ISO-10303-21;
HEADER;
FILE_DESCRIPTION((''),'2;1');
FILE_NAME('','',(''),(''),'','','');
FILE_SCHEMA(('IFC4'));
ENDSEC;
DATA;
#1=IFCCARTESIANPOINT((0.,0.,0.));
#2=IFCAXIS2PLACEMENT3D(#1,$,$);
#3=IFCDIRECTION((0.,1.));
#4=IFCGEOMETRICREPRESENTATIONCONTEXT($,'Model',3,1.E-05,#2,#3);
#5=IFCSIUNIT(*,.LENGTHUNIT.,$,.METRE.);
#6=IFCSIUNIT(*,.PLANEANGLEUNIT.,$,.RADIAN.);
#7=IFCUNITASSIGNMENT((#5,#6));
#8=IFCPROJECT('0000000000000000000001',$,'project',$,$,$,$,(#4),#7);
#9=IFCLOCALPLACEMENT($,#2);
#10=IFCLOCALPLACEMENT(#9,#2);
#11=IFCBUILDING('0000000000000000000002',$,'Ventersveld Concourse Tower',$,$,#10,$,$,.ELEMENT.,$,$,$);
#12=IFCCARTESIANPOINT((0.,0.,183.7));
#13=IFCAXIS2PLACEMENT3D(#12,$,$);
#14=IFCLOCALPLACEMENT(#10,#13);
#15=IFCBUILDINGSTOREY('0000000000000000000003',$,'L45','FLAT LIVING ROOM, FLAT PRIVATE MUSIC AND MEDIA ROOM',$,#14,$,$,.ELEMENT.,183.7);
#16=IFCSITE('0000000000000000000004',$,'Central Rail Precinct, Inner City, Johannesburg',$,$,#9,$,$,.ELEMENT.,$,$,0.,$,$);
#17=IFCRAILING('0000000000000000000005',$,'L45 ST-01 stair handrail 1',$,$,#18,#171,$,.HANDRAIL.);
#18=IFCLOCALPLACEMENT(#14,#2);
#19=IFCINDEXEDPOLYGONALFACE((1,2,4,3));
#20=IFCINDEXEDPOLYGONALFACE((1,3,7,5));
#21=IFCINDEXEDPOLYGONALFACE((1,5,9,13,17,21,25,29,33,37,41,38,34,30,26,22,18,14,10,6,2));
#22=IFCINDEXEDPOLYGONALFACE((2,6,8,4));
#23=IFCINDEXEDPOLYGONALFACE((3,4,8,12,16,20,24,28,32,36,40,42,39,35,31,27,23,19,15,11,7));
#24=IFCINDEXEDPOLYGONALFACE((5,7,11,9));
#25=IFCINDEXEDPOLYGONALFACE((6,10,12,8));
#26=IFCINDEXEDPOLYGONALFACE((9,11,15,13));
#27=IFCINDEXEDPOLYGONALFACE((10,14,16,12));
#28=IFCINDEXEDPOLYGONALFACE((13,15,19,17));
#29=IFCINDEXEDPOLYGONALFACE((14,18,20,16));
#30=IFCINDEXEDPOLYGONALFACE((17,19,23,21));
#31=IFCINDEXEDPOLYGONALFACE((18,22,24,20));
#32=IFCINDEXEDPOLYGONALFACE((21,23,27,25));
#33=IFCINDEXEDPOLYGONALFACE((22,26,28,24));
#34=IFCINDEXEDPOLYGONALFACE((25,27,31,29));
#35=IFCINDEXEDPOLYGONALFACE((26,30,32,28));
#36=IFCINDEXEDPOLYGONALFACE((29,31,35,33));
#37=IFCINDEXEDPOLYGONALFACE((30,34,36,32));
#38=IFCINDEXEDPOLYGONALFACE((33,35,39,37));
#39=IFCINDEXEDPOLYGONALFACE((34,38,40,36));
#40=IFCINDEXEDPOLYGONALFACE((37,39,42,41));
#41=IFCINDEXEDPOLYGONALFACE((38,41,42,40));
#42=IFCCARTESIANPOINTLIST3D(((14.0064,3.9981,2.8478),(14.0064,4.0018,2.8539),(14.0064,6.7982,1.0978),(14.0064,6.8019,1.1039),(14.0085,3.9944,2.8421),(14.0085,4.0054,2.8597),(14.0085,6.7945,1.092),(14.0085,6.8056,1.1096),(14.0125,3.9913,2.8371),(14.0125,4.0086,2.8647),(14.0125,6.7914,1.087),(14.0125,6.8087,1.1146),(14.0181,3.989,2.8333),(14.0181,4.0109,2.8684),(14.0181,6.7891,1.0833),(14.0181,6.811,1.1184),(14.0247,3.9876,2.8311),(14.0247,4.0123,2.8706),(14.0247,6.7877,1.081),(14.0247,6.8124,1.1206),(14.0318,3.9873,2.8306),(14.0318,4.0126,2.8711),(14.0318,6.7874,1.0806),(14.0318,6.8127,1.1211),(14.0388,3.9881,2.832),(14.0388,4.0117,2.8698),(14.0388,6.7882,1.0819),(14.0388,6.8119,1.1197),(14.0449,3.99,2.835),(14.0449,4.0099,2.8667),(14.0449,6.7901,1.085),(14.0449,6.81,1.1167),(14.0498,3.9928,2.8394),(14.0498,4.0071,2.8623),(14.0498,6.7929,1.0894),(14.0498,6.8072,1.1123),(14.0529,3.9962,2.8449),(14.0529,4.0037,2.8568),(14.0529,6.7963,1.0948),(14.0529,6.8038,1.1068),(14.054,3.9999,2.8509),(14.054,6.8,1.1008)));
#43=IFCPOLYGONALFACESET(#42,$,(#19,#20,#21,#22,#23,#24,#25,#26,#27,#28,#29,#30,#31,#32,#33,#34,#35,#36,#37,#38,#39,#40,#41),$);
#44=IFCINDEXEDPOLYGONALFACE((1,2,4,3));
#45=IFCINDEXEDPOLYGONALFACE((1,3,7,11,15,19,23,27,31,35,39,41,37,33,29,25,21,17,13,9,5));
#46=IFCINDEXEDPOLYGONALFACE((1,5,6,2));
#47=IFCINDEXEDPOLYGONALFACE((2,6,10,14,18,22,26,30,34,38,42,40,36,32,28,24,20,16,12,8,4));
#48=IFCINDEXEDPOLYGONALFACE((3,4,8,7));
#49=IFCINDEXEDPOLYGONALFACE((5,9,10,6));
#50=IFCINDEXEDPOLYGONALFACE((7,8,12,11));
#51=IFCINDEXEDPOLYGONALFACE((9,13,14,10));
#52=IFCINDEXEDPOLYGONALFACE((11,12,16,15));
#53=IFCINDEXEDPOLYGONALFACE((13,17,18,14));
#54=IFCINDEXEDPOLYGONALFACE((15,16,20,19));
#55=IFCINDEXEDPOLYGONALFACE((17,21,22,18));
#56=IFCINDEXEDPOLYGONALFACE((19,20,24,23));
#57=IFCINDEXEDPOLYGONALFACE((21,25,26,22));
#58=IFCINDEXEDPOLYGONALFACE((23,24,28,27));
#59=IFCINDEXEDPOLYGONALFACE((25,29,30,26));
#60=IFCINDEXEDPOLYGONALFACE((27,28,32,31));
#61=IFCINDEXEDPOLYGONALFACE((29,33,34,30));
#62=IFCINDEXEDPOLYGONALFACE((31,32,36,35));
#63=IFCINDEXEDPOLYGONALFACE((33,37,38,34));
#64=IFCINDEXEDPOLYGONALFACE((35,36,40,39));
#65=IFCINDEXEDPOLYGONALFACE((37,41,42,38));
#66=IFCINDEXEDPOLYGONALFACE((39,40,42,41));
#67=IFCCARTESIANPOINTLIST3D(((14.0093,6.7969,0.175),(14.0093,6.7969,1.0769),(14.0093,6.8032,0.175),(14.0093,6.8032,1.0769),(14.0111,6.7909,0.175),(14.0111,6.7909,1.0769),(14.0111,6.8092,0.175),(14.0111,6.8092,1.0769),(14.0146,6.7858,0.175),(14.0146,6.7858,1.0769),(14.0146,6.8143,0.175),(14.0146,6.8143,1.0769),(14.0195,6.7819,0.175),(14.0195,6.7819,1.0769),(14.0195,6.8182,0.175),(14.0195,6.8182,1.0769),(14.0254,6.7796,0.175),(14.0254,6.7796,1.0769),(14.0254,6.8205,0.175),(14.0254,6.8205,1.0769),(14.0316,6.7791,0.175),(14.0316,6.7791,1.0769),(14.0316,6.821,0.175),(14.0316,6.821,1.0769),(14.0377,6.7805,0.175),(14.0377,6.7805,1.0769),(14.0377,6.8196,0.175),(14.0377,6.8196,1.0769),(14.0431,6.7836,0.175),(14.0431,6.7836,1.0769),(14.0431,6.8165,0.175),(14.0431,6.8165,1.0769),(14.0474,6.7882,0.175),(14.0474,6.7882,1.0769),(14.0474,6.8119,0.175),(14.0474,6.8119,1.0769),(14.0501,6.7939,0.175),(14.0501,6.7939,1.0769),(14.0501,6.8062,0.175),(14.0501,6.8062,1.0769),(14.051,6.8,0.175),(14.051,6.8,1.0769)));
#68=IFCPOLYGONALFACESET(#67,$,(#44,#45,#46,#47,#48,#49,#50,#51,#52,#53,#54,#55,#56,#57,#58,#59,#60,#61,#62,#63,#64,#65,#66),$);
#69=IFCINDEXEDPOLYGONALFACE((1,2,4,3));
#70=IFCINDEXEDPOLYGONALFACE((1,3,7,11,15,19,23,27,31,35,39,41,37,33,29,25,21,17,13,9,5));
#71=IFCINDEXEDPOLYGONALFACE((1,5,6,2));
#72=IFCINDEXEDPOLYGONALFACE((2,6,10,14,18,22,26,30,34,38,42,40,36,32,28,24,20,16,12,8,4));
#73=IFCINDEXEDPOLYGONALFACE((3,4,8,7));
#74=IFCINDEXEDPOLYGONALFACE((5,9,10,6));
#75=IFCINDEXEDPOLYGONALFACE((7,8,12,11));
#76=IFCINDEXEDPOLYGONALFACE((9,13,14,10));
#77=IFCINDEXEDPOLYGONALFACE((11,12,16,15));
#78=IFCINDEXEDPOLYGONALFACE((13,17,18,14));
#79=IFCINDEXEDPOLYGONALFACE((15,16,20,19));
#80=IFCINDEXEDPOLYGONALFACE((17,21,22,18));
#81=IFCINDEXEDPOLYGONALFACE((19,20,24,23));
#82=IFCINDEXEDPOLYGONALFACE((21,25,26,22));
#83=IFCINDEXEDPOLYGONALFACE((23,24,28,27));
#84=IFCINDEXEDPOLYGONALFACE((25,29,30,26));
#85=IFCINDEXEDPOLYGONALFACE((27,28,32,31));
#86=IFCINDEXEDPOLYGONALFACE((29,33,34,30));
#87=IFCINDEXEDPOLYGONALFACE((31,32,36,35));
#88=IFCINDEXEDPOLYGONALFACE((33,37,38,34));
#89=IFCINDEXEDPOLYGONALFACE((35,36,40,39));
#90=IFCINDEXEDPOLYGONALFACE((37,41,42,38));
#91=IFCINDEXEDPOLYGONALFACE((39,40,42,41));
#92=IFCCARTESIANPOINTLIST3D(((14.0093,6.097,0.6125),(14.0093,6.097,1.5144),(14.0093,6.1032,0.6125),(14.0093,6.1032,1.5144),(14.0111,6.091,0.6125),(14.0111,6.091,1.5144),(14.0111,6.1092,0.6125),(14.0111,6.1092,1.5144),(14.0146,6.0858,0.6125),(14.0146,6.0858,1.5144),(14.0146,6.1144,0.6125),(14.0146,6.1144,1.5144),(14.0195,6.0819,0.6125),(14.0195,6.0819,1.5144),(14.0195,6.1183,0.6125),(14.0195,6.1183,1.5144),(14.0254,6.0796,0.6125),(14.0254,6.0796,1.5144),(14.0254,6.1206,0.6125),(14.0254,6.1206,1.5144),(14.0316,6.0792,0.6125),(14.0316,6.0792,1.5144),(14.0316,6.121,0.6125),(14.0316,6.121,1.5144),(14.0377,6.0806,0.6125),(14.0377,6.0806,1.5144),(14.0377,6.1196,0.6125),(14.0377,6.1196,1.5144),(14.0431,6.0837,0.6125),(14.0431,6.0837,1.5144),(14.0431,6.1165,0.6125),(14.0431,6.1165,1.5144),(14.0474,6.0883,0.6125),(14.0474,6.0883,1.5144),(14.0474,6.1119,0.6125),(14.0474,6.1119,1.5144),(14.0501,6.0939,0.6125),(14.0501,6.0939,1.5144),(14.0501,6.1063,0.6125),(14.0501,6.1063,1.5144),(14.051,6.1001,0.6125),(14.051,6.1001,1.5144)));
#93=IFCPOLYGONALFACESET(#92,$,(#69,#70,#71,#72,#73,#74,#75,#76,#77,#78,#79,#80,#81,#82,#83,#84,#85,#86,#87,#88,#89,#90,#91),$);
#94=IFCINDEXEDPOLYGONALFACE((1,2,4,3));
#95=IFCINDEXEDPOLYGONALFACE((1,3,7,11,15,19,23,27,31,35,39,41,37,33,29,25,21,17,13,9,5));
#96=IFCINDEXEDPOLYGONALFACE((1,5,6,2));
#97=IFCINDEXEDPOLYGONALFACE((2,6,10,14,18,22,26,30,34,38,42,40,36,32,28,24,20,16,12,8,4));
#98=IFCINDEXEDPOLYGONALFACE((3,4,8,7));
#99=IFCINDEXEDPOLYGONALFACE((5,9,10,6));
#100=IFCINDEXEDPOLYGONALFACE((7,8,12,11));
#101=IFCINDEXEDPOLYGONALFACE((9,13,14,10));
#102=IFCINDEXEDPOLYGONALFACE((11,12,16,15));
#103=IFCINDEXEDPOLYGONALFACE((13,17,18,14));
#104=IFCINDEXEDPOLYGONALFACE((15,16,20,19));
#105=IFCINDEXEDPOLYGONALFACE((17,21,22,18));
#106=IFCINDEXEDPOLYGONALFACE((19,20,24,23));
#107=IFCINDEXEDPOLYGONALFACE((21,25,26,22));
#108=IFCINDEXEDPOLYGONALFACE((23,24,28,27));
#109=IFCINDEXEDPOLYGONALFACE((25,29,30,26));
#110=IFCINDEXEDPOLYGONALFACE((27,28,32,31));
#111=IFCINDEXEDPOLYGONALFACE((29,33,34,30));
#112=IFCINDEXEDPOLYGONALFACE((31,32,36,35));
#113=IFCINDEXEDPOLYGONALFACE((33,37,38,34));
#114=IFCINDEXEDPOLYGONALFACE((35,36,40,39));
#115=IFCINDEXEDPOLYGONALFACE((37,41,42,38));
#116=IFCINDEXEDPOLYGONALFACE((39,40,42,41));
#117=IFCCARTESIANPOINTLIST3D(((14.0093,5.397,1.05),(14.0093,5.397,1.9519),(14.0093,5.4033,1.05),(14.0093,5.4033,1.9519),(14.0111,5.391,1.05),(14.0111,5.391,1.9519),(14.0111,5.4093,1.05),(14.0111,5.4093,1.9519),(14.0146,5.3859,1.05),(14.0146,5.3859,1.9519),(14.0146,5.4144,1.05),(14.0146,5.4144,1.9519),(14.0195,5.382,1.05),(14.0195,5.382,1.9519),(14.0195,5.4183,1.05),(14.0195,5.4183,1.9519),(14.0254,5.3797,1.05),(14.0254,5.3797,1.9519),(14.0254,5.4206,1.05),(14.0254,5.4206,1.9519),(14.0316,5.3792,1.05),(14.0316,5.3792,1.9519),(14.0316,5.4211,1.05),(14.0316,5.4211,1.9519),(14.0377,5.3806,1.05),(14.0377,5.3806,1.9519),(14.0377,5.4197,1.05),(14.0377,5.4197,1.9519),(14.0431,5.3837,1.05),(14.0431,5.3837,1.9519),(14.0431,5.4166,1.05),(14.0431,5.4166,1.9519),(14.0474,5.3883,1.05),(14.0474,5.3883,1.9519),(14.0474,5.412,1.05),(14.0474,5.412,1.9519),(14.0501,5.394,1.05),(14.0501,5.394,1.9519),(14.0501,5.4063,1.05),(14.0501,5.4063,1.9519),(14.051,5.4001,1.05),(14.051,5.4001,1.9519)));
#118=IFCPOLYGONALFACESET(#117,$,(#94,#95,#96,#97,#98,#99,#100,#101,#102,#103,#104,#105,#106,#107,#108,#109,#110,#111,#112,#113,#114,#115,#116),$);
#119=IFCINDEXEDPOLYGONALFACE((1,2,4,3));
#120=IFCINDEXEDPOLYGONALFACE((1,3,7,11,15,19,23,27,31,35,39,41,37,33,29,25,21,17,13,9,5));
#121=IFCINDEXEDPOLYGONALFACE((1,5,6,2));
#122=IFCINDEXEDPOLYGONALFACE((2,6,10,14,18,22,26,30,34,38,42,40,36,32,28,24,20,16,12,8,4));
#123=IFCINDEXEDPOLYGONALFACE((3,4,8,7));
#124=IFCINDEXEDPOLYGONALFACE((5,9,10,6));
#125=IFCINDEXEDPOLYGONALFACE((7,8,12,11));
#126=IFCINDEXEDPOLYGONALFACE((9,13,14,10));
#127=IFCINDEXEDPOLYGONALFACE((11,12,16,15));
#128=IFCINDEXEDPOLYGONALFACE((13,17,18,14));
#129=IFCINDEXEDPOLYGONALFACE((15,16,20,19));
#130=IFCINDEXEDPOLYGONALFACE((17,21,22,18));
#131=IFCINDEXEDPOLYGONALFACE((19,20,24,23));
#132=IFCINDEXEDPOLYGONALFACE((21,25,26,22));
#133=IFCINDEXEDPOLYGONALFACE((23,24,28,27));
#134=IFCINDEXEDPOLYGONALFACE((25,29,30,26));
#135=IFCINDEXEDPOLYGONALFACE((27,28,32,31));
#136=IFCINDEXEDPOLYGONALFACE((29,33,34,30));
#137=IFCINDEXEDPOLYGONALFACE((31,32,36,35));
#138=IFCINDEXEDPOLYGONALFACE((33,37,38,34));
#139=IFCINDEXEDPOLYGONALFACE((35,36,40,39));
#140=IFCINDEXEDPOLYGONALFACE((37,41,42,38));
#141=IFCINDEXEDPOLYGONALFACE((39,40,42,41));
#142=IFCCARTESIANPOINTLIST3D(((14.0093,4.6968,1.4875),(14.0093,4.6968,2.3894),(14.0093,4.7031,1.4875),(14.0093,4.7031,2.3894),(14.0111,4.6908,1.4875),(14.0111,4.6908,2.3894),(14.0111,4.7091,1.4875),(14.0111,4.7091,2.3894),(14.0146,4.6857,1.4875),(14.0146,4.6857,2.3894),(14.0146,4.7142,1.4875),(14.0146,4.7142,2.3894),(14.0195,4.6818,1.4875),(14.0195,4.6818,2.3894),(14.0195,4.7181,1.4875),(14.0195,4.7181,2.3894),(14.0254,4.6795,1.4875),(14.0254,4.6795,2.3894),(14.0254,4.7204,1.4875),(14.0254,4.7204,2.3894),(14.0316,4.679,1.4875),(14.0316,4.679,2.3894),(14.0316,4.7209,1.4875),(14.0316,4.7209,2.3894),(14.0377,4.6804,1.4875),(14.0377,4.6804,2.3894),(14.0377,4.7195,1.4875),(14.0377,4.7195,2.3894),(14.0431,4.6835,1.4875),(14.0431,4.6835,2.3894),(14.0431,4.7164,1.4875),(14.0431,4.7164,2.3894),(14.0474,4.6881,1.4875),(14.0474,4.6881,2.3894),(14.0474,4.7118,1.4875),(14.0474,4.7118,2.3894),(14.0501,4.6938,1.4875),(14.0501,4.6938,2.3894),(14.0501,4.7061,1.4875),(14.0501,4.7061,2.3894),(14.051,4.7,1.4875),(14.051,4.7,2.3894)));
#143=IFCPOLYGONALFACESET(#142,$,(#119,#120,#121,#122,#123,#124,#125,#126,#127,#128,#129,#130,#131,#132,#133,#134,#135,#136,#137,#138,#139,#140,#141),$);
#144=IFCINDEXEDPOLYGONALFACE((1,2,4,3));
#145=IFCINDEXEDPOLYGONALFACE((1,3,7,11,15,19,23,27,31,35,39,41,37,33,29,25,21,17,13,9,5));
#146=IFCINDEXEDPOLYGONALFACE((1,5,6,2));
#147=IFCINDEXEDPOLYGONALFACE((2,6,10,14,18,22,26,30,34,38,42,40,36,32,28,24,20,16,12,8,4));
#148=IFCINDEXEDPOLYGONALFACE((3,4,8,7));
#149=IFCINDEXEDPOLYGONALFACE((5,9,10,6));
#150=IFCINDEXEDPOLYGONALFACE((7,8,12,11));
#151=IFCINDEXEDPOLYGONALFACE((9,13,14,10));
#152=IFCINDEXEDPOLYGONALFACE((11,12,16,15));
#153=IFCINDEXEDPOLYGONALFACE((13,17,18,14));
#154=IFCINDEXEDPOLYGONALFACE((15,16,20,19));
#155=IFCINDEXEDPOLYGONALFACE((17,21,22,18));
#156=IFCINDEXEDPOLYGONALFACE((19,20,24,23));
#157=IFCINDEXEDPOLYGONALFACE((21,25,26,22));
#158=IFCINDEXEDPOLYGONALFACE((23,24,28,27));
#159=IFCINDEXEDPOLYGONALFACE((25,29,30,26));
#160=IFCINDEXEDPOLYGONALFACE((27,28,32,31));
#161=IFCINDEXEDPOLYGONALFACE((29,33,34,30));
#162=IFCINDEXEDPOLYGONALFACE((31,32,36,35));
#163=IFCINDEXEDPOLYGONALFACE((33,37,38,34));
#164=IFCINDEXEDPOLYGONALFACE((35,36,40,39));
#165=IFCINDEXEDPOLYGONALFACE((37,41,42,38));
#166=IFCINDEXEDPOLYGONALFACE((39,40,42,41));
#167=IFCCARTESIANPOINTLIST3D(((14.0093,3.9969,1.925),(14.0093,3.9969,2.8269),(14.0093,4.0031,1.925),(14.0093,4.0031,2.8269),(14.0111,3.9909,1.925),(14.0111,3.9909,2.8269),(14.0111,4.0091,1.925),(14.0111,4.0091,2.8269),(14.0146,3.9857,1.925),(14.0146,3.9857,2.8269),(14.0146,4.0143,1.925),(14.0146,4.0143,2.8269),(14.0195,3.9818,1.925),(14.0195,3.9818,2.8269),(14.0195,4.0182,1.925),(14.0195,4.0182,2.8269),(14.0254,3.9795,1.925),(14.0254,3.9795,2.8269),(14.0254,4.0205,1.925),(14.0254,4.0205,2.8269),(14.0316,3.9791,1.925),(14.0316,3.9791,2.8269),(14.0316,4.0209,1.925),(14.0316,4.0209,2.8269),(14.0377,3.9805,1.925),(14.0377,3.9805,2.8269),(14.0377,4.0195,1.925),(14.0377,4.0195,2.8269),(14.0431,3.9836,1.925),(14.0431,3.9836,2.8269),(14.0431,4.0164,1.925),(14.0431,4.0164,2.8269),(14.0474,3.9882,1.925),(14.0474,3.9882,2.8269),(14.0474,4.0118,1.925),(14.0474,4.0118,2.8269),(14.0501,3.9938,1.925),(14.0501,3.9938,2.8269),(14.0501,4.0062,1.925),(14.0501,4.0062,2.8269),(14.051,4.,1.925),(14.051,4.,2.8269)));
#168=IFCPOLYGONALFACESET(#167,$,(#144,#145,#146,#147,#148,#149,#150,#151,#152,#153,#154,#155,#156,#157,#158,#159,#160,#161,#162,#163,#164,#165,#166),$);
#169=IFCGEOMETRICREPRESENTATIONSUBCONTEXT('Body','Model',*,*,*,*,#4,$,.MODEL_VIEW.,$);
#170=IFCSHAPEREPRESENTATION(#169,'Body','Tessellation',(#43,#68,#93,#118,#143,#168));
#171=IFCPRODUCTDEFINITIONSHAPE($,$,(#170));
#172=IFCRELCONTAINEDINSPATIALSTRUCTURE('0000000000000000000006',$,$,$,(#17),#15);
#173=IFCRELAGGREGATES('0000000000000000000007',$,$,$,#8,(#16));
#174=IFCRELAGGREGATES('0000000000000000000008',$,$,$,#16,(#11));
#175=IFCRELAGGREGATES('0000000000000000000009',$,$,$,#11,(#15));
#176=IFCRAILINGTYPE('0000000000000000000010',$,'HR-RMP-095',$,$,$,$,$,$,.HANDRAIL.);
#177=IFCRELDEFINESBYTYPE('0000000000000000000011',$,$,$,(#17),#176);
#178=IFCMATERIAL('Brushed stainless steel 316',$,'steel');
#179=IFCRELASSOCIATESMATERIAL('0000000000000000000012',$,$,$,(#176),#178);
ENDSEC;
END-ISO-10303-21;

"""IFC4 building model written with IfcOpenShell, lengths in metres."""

from ifc_helpers import new_model, si_unit, direction, frame, origin, origin_2d, place, context, subcontext, project, spatial, circle, extrude, material, type_object, element, save


model = new_model("IFC4")

# Units and contexts
model_context = context("Model", 3, precision=1e-05, world=origin(), true_north=direction((0.0, 1.0)))
body_context = subcontext(model_context, "Body", "Model", "MODEL_VIEW")
ifc_project = project(units=[si_unit("LENGTHUNIT", "METRE"), si_unit("PLANEANGLEUNIT", "RADIAN")], contexts=[model_context])

# Site, building, storey
site_placement = place(None, origin())
site = spatial("IfcSite", under=ifc_project, at=site_placement, Name="Central Rail Precinct, Inner City, Johannesburg", CompositionType="ELEMENT", RefElevation=0.0)
building_placement = place(site_placement, origin())
building = spatial("IfcBuilding", under=site, at=building_placement, Name="Ventersveld Concourse Tower", CompositionType="ELEMENT")
storey_placement = place(building_placement, frame((0.0, 0.0, 183.7)))
storey = spatial("IfcBuildingStorey", under=building, at=storey_placement, Name="L45", Description="FLAT LIVING ROOM, FLAT PRIVATE MUSIC AND MEDIA ROOM", CompositionType="ELEMENT", Elevation=183.7)

# Railing
ifc_material_1 = material(Name="Brushed stainless steel 316", Category="steel")
railing_type = type_object("IfcRailingType", Name="HR-RMP-095", PredefinedType="HANDRAIL", material=ifc_material_1)
railing_placement = place(storey_placement, frame((14.03, 6.8, 0.175)))
element("IfcRailing", 1, at=railing_placement, inside=storey, type_object=railing_type, Name="L45 ST-01 stair handrail 1", PredefinedType="HANDRAIL", context=body_context, shape_type="SweptSolid", body=[
    extrude(circle(Radius=0.0239, at=origin_2d()), frame((0.0, 0.0, 0.9258), z_axis=(0.0, -0.848002, 0.529992), x_axis=(1.0, 0.0, 0.0)), (0.0, 0.0, 1.0), 3.302),
    extrude(circle(Radius=0.021, at=origin_2d()), origin(), (0.0, 0.0, 1.0), 0.9019),
    extrude(circle(Radius=0.021, at=origin_2d()), frame((0.0, -0.7, 0.4375)), (0.0, 0.0, 1.0), 0.9019),
    extrude(circle(Radius=0.021, at=origin_2d()), frame((0.0, -1.3999, 0.875)), (0.0, 0.0, 1.0), 0.9019),
    extrude(circle(Radius=0.021, at=origin_2d()), frame((0.0, -2.1001, 1.3125)), (0.0, 0.0, 1.0), 0.9019),
    extrude(circle(Radius=0.021, at=origin_2d()), frame((0.0, -2.8, 1.75)), (0.0, 0.0, 1.0), 0.9019),
])

save(model, "model.ifc")
